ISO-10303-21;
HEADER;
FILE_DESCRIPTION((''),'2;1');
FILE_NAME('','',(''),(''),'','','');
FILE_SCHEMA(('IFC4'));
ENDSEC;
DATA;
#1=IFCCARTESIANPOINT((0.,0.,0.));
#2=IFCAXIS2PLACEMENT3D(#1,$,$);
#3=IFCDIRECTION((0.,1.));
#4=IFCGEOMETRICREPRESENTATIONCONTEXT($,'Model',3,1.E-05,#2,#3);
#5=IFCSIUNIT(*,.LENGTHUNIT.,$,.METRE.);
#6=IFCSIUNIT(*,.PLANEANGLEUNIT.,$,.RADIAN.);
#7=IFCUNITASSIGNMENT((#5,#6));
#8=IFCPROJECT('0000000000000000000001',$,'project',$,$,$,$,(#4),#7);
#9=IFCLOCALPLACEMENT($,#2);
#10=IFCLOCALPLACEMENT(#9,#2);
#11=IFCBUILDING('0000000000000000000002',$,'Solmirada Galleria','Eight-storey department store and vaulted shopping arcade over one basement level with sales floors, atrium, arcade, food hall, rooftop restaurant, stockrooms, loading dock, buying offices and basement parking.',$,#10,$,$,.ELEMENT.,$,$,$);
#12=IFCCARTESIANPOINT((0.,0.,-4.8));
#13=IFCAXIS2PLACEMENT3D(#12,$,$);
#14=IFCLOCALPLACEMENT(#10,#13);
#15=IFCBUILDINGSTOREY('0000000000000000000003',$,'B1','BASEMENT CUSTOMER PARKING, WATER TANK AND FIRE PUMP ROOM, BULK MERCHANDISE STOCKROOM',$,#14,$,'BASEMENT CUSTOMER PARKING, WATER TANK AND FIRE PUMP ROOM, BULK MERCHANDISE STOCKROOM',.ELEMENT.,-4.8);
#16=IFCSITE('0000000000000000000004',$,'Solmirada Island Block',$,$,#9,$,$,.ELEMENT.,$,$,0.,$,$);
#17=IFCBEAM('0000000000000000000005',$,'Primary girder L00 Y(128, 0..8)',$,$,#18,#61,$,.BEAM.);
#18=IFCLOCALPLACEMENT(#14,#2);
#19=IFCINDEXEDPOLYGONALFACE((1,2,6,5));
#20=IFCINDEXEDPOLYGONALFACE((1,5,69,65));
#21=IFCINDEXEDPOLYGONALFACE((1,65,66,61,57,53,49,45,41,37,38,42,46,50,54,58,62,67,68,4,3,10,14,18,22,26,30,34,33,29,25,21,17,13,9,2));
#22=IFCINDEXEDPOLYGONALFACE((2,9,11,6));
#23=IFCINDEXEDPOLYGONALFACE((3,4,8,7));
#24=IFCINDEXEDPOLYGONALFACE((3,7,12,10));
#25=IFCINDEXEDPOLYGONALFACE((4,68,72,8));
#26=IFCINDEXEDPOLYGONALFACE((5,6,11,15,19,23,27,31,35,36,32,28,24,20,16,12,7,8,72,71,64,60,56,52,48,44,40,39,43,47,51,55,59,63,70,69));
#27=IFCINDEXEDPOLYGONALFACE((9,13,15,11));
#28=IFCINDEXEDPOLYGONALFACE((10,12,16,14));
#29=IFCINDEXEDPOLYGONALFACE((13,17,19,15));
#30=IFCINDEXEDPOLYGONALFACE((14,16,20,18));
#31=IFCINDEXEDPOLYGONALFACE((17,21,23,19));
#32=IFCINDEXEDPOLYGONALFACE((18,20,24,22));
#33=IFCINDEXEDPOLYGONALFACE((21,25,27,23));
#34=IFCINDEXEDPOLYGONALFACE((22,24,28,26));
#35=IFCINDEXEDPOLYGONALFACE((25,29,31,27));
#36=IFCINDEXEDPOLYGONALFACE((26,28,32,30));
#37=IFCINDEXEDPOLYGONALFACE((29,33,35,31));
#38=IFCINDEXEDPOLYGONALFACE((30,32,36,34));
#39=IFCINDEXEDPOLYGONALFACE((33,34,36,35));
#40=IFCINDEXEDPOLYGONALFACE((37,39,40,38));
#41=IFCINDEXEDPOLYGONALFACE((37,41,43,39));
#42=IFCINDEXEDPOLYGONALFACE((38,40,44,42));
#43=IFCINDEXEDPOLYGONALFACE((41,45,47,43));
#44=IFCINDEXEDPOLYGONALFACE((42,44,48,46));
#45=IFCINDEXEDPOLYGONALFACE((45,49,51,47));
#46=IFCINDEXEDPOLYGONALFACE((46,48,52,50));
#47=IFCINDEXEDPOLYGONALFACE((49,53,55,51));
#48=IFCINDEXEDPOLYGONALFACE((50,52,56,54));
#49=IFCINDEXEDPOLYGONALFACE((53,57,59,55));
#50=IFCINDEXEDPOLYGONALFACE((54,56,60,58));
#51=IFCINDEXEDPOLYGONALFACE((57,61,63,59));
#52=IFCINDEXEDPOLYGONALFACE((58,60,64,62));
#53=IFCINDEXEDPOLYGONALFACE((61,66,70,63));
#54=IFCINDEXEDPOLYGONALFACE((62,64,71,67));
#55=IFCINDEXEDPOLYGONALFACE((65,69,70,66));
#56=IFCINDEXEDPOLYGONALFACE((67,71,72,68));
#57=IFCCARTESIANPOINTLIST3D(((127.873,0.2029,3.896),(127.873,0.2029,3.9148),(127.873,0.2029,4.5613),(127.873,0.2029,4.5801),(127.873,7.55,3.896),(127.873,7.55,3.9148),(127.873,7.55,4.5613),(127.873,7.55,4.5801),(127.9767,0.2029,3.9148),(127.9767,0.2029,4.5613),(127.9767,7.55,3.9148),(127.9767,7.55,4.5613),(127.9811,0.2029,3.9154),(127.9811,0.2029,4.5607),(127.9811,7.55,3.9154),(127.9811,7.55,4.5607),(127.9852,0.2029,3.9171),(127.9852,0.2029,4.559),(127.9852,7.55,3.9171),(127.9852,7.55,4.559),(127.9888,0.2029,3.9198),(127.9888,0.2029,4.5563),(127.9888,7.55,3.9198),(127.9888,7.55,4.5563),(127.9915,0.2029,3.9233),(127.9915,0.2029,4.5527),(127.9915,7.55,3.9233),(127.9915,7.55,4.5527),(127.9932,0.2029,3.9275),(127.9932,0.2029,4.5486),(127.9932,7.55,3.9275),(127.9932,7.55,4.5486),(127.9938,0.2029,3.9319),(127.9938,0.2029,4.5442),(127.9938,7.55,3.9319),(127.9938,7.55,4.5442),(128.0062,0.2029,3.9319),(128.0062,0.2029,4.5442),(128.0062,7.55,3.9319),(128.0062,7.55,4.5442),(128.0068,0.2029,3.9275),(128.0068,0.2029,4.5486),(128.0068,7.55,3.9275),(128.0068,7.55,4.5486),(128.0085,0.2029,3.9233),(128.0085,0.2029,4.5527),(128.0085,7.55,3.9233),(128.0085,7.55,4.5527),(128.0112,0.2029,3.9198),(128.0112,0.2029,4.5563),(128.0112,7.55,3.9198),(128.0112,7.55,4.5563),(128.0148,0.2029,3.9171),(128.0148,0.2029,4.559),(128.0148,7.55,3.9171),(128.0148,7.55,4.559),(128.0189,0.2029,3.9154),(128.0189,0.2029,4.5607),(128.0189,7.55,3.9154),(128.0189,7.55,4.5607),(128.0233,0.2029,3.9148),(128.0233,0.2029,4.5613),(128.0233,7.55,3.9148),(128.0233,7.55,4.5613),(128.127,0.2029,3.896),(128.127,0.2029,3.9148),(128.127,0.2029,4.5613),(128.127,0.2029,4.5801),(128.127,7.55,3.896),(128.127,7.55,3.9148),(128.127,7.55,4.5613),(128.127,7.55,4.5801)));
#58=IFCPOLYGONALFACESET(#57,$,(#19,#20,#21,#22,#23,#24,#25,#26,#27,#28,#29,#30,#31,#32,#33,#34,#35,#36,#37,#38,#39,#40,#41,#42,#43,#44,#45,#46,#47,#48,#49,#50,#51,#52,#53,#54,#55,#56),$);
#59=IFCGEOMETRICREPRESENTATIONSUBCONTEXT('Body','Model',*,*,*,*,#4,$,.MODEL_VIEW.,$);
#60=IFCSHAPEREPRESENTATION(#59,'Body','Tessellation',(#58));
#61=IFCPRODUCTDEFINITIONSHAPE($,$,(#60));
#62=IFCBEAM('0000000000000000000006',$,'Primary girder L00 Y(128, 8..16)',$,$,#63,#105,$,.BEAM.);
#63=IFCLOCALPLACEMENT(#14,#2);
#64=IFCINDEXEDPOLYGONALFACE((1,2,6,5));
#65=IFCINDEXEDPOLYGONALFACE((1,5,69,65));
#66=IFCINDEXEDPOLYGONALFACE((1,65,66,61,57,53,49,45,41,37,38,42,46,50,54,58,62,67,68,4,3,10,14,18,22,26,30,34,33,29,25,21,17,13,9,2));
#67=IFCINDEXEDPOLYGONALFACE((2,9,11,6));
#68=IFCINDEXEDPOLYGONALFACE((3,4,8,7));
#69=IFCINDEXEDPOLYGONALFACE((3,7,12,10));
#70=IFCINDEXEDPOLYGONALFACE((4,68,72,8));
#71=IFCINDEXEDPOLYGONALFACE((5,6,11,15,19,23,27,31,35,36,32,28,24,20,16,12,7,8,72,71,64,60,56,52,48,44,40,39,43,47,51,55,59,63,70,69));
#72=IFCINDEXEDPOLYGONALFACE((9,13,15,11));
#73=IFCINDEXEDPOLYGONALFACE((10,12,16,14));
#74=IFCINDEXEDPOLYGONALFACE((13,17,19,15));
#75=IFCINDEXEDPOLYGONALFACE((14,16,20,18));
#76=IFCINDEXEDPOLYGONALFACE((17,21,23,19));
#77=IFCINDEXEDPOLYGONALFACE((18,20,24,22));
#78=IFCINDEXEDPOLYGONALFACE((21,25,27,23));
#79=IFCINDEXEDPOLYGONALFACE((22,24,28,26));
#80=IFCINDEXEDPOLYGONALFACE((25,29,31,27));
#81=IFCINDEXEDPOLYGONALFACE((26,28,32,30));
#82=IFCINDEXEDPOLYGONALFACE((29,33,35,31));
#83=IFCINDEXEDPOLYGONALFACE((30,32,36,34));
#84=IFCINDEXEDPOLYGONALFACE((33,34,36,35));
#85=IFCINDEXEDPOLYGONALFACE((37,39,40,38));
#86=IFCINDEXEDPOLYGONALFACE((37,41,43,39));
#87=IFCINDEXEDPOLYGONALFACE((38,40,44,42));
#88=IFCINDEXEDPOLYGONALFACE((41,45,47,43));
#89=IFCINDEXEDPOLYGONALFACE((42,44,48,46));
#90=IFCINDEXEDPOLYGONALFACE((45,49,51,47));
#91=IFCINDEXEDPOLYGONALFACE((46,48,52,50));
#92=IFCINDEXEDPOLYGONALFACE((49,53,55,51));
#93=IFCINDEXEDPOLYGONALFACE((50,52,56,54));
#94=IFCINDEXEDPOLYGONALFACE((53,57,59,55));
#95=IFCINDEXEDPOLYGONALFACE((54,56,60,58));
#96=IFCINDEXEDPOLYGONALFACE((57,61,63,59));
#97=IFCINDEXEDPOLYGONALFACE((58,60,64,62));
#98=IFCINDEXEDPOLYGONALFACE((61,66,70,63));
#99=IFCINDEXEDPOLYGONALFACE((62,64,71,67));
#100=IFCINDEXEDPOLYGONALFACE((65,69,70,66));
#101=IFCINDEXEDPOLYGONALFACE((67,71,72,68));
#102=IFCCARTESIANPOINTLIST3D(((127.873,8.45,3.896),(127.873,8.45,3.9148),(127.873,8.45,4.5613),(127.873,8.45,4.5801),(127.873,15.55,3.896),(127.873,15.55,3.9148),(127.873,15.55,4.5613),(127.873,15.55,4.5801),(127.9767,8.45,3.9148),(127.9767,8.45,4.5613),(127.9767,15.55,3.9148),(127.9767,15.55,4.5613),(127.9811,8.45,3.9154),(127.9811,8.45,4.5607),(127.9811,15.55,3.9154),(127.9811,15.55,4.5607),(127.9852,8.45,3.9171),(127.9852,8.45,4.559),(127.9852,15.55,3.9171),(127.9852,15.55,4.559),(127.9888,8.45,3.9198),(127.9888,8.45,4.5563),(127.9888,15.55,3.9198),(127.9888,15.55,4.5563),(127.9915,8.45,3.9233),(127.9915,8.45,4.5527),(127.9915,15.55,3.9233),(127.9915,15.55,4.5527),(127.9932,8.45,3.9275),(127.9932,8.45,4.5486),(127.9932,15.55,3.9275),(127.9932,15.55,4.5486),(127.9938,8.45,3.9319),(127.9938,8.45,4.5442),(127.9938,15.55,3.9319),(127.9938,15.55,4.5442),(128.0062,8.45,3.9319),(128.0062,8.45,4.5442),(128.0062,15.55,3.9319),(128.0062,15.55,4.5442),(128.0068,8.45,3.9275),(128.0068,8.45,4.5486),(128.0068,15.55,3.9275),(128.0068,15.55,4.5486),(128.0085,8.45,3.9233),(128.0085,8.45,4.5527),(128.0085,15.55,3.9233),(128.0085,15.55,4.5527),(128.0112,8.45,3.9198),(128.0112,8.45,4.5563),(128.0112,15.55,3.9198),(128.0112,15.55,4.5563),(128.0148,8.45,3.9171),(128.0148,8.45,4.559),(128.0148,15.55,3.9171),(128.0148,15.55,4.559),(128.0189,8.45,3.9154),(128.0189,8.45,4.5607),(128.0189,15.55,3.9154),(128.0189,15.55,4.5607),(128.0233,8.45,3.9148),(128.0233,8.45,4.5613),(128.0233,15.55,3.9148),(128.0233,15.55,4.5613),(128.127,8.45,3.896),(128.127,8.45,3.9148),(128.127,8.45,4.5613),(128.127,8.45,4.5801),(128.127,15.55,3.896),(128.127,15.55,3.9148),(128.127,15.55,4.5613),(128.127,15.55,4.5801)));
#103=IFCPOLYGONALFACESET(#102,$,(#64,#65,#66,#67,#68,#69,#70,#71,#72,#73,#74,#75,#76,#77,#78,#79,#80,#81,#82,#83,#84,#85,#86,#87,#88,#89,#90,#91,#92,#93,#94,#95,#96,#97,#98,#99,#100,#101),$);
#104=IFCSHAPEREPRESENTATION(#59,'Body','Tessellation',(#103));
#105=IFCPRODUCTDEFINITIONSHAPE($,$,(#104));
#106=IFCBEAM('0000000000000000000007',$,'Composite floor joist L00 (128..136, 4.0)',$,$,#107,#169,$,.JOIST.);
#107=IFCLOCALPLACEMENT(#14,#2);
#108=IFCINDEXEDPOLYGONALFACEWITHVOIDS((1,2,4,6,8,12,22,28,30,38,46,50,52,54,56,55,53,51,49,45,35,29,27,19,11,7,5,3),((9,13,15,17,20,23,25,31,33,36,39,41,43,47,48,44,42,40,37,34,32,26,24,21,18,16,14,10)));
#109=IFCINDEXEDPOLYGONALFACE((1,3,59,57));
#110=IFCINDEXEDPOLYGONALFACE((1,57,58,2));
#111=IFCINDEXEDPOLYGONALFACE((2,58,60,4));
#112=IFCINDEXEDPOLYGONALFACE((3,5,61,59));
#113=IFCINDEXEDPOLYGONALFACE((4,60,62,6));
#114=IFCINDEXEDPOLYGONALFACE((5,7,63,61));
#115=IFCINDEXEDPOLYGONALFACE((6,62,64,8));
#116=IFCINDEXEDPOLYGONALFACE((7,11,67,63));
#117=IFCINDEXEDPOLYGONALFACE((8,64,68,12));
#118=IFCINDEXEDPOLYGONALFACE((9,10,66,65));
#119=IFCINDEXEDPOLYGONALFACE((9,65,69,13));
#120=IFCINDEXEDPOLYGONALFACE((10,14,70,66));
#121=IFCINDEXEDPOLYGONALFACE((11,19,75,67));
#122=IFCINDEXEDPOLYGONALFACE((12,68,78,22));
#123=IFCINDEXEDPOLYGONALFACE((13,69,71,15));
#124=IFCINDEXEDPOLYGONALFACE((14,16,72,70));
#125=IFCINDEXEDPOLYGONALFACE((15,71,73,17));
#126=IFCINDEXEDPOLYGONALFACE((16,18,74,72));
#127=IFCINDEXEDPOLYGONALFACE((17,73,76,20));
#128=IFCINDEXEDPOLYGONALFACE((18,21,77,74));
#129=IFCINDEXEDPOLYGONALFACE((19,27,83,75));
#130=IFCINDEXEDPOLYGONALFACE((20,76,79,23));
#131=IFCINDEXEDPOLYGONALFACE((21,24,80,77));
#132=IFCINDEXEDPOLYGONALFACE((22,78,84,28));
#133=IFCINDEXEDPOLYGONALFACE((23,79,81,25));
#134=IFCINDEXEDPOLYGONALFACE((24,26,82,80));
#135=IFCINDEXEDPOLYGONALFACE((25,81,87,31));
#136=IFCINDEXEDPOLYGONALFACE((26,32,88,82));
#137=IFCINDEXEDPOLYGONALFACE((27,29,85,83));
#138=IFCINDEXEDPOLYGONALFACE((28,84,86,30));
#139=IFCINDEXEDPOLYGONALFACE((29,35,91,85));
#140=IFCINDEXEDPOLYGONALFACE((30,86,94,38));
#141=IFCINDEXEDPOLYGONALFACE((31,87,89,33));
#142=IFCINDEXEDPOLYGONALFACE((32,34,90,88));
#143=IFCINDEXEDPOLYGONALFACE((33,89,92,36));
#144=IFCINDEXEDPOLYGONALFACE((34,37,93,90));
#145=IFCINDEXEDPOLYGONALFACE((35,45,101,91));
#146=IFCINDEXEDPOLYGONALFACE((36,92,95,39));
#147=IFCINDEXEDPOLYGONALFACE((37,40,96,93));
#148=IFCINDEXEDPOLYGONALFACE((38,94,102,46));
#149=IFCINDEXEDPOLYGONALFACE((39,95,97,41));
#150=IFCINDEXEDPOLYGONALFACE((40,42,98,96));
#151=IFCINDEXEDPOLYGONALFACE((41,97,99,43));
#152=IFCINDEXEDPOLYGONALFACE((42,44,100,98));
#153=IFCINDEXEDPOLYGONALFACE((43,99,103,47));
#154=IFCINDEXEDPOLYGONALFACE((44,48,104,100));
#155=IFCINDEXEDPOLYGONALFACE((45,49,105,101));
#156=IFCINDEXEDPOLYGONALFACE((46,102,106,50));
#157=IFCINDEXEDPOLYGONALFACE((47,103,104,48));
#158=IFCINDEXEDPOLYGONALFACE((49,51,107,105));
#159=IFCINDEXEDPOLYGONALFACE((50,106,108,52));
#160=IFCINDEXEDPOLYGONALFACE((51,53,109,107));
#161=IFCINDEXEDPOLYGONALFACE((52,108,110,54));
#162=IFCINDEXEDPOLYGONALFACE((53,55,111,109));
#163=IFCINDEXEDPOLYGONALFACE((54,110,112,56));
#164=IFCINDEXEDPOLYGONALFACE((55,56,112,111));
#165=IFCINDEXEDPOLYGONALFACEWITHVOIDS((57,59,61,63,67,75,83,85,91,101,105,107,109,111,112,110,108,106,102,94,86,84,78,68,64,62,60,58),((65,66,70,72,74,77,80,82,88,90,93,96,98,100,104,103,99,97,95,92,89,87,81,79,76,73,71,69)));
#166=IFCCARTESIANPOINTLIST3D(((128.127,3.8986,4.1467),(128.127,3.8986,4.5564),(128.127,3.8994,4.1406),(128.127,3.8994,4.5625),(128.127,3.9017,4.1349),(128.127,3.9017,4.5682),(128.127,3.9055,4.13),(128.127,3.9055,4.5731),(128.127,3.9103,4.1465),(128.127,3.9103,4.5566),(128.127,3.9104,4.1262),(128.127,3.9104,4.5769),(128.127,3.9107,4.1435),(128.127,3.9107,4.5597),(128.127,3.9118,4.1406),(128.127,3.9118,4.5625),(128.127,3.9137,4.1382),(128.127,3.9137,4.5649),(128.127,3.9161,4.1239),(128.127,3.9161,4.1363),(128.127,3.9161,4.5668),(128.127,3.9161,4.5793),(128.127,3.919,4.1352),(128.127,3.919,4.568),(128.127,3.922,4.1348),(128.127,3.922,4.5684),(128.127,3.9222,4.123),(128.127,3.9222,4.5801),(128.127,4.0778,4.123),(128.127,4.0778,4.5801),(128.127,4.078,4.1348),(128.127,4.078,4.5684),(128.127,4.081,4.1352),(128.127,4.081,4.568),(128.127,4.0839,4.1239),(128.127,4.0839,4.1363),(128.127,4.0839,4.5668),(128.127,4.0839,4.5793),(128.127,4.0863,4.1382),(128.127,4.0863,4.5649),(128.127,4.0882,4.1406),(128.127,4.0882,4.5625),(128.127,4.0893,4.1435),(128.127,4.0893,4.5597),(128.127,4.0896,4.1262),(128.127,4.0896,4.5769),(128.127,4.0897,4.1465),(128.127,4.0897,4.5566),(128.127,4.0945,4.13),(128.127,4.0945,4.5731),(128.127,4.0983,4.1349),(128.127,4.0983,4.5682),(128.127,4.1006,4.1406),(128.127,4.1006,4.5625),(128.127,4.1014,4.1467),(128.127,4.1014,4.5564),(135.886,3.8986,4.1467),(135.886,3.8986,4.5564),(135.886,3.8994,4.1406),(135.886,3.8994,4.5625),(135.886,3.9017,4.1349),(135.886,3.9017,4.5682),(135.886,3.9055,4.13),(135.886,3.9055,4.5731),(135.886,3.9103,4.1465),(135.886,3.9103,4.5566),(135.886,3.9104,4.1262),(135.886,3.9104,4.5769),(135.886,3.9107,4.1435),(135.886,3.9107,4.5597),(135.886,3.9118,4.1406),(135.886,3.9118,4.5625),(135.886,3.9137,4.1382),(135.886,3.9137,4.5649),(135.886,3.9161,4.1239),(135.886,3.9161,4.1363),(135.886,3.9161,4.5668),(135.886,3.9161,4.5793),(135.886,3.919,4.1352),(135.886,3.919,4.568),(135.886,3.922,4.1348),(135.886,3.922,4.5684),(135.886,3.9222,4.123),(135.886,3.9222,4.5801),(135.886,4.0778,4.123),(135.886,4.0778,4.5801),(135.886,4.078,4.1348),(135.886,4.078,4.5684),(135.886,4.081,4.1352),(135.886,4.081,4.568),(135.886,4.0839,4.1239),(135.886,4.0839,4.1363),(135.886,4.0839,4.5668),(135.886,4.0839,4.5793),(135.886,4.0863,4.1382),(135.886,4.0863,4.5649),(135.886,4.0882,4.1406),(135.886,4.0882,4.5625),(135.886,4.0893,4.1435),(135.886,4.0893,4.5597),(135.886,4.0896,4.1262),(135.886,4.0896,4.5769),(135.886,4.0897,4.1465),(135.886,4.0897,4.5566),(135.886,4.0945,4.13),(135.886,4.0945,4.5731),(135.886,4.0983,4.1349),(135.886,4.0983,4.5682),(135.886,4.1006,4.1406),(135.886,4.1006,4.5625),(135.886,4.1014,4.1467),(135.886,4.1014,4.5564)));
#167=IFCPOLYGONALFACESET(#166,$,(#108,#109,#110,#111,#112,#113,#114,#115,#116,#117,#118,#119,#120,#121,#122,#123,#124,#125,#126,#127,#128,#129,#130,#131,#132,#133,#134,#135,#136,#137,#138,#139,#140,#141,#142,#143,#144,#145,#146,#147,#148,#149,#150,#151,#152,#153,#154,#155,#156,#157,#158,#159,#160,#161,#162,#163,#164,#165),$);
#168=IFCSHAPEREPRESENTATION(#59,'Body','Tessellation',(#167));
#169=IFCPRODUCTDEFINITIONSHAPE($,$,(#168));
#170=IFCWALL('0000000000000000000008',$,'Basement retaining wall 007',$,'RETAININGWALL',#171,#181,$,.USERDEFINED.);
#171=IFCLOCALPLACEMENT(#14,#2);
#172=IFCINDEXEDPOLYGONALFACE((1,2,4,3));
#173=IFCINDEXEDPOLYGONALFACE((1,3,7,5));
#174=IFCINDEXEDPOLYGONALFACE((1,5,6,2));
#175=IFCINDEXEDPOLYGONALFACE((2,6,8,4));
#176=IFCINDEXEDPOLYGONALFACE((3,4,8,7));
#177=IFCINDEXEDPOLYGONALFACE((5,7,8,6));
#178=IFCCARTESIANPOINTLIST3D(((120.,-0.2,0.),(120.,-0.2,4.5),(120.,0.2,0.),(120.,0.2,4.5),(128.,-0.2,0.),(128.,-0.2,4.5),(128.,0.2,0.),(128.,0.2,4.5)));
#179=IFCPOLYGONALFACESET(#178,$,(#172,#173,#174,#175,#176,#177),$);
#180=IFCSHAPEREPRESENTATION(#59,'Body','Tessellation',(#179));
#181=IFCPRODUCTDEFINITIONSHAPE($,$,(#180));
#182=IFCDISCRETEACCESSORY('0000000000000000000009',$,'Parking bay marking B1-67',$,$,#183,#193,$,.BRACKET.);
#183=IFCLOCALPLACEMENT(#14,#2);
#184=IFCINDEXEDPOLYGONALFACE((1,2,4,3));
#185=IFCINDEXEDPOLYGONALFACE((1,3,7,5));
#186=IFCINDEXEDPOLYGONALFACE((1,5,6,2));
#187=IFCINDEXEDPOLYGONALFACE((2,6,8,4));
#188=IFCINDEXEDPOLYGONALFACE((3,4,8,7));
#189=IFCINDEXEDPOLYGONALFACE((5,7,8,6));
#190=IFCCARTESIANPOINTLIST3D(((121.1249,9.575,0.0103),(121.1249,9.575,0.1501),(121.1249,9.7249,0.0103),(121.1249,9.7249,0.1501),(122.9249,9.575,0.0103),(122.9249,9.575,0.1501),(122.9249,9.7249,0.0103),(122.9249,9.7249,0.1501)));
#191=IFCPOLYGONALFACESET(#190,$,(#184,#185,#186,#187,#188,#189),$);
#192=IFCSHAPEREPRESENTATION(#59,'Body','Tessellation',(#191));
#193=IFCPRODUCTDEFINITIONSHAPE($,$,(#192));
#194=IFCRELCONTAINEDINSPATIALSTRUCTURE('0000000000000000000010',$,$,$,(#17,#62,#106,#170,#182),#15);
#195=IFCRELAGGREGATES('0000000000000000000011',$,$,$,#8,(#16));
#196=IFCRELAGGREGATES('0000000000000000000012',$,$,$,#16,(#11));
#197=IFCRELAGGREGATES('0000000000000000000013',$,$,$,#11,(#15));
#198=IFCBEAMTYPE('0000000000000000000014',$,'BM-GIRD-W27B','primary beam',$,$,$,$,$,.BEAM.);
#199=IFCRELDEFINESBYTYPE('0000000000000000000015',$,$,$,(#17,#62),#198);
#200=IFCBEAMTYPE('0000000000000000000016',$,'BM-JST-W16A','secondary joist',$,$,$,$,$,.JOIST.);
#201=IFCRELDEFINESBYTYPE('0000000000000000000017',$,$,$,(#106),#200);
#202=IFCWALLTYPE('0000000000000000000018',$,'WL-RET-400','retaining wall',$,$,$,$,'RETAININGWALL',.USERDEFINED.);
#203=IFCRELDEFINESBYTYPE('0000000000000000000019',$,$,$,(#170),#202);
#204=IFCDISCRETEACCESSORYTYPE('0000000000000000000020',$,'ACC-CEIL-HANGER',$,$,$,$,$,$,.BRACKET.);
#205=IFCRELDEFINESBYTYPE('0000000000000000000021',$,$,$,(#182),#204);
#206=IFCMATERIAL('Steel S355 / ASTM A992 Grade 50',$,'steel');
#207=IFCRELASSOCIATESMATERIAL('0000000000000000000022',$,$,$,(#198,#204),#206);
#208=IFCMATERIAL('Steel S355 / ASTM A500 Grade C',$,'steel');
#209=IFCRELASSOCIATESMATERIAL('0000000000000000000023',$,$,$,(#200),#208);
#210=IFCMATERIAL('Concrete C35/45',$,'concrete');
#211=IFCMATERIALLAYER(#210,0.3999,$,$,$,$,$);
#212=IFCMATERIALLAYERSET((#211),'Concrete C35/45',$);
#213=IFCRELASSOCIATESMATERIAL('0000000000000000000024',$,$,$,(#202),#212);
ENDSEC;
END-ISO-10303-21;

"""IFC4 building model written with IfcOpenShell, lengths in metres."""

from ifc_helpers import new_model, si_unit, direction, frame, frame_2d, origin, origin_2d, place, context, subcontext, project, spatial, rectangle, hollow_rectangle, i_section, extrude, material, layer, layer_set, material_profile, profile_set, type_object, element, save


model = new_model("IFC4")

# Units and contexts
model_context = context("Model", 3, precision=1e-05, world=origin(), true_north=direction((0.0, 1.0)))
body_context = subcontext(model_context, "Body", "Model", "MODEL_VIEW")
ifc_project = project(units=[si_unit("LENGTHUNIT", "METRE"), si_unit("PLANEANGLEUNIT", "RADIAN")], contexts=[model_context])

# Site, building, storey
site_placement = place(None, origin())
site = spatial("IfcSite", under=ifc_project, at=site_placement, Name="Solmirada Island Block", CompositionType="ELEMENT", RefElevation=0.0)
building_placement = place(site_placement, origin())
building = spatial("IfcBuilding", under=site, at=building_placement, Name="Solmirada Galleria", Description="Eight-storey department store and vaulted shopping arcade over one basement level with sales floors, atrium, arcade, food hall, rooftop restaurant, stockrooms, loading dock, buying offices and basement parking.", CompositionType="ELEMENT")
storey_placement = place(building_placement, frame((0.0, 0.0, -4.8)))
storey = spatial("IfcBuildingStorey", under=building, at=storey_placement, Name="B1", Description="BASEMENT CUSTOMER PARKING, WATER TANK AND FIRE PUMP ROOM, BULK MERCHANDISE STOCKROOM", LongName="BASEMENT CUSTOMER PARKING, WATER TANK AND FIRE PUMP ROOM, BULK MERCHANDISE STOCKROOM", CompositionType="ELEMENT", Elevation=-4.8)

# Shared definitions
ifc_material_1 = material(Name="Concrete C35/45", Category="concrete")

# Shared definitions
ifc_material_2 = material(Name="Steel S355 / ASTM A500 Grade C", Category="steel")

# Beams
ifc_material_3 = material(Name="Steel S355 / ASTM A992 Grade 50", Category="steel")
ifc_material_profile_1 = material_profile(ifc_material_3, i_section(OverallWidth=0.2539, OverallDepth=0.6841, WebThickness=0.0125, FlangeThickness=0.0188, FilletRadius=0.0171, at=origin_2d()), Name="W27X94")
ifc_profile_set_1 = profile_set([ifc_material_profile_1], Name="Steel S355 / ASTM A992 Grade 50")
beam_type_1 = type_object("IfcBeamType", Name="BM-GIRD-W27B", Description="primary beam", PredefinedType="BEAM", material=ifc_profile_set_1)
beam_1_placement = place(storey_placement, frame((128.0, 0.2029, 4.238), z_axis=(0.0, 1.0, 0.0), x_axis=(-1.0, 0.0, 0.0)))
element("IfcBeam", 1, at=beam_1_placement, inside=storey, type_object=beam_type_1, Name="Primary girder L00 Y(128, 0..8)", PredefinedType="BEAM", context=body_context, shape_type="SweptSolid", body=[
    extrude(i_section(OverallWidth=0.2539, OverallDepth=0.6841, WebThickness=0.0125, FlangeThickness=0.0188, FilletRadius=0.0171, at=origin_2d()), origin(), (0.0, 0.0, 1.0), 7.3472),
])
beam_2_placement = place(storey_placement, frame((128.0, 8.45, 4.238), z_axis=(0.0, 1.0, 0.0), x_axis=(-1.0, 0.0, 0.0)))
element("IfcBeam", 2, at=beam_2_placement, inside=storey, type_object=beam_type_1, Name="Primary girder L00 Y(128, 8..16)", PredefinedType="BEAM", context=body_context, shape_type="SweptSolid", body=[
    extrude(i_section(OverallWidth=0.2539, OverallDepth=0.6841, WebThickness=0.0125, FlangeThickness=0.0188, FilletRadius=0.0171, at=origin_2d()), origin(), (0.0, 0.0, 1.0), 7.1001),
])
ifc_material_profile_2 = material_profile(ifc_material_2, hollow_rectangle(XDim=0.2029, YDim=0.457, WallThickness=0.0117, InnerFilletRadius=0.0117, OuterFilletRadius=0.0237, at=origin_2d()), Name="HSS18X8X1/2")
ifc_profile_set_2 = profile_set([ifc_material_profile_2], Name="Steel S355 / ASTM A500 Grade C")
beam_type_2 = type_object("IfcBeamType", Name="BM-JST-W16A", Description="secondary joist", PredefinedType="JOIST", material=ifc_profile_set_2)
beam_3_placement = place(storey_placement, frame((128.127, 4.0, 4.3516), z_axis=(1.0, 0.0, 0.0), x_axis=(0.0, 1.0, 0.0)))
element("IfcBeam", 3, at=beam_3_placement, inside=storey, type_object=beam_type_2, Name="Composite floor joist L00 (128..136, 4.0)", PredefinedType="JOIST", context=body_context, shape_type="SweptSolid", body=[
    extrude(hollow_rectangle(XDim=0.2029, YDim=0.457, WallThickness=0.0117, InnerFilletRadius=0.0117, OuterFilletRadius=0.0237, at=origin_2d()), origin(), (0.0, 0.0, 1.0), 7.759),
])

# Wall
ifc_layer_1 = layer(ifc_material_1, 0.3999)
ifc_layer_set_1 = layer_set([ifc_layer_1], Name="Concrete C35/45")
wall_type = type_object("IfcWallType", Name="WL-RET-400", Description="retaining wall", ElementType="RETAININGWALL", PredefinedType="USERDEFINED", material=ifc_layer_set_1)
wall_placement = place(storey_placement, frame((128.0, 0.0, 0.0), z_axis=(0.0, 0.0, 1.0), x_axis=(-1.0, 0.0, 0.0)))
element("IfcWall", 4, at=wall_placement, inside=storey, type_object=wall_type, Name="Basement retaining wall 007", ObjectType="RETAININGWALL", PredefinedType="USERDEFINED", context=body_context, shape_type="SweptSolid", body=[
    extrude(rectangle(XDim=8.0, YDim=0.3999, at=frame_2d((4.0, 0.0))), origin(), (0.0, 0.0, 1.0), 4.5),
])

# Discrete accessory
discrete_accessory_type_1 = type_object("IfcDiscreteAccessoryType", Name="ACC-CEIL-HANGER", PredefinedType="BRACKET", material=ifc_material_3)
for number, where, z_axis, x_axis, name in (
    (5, (122.0249, 9.6499, 0.0103), (0.0, 0.0, 1.0), (1.0, 0.0, 0.0), "Parking bay marking B1-67"),
):
    element("IfcDiscreteAccessory", number, at=place(storey_placement, frame(where, z_axis=z_axis, x_axis=x_axis)), inside=storey, type_object=discrete_accessory_type_1, Name=name, PredefinedType="BRACKET", context=body_context, shape_type="SweptSolid", body=[
        extrude(rectangle(XDim=1.8, YDim=0.1499, at=origin_2d()), origin(), (0.0, 0.0, 1.0), 0.1399),
    ])

save(model, "model.ifc")
